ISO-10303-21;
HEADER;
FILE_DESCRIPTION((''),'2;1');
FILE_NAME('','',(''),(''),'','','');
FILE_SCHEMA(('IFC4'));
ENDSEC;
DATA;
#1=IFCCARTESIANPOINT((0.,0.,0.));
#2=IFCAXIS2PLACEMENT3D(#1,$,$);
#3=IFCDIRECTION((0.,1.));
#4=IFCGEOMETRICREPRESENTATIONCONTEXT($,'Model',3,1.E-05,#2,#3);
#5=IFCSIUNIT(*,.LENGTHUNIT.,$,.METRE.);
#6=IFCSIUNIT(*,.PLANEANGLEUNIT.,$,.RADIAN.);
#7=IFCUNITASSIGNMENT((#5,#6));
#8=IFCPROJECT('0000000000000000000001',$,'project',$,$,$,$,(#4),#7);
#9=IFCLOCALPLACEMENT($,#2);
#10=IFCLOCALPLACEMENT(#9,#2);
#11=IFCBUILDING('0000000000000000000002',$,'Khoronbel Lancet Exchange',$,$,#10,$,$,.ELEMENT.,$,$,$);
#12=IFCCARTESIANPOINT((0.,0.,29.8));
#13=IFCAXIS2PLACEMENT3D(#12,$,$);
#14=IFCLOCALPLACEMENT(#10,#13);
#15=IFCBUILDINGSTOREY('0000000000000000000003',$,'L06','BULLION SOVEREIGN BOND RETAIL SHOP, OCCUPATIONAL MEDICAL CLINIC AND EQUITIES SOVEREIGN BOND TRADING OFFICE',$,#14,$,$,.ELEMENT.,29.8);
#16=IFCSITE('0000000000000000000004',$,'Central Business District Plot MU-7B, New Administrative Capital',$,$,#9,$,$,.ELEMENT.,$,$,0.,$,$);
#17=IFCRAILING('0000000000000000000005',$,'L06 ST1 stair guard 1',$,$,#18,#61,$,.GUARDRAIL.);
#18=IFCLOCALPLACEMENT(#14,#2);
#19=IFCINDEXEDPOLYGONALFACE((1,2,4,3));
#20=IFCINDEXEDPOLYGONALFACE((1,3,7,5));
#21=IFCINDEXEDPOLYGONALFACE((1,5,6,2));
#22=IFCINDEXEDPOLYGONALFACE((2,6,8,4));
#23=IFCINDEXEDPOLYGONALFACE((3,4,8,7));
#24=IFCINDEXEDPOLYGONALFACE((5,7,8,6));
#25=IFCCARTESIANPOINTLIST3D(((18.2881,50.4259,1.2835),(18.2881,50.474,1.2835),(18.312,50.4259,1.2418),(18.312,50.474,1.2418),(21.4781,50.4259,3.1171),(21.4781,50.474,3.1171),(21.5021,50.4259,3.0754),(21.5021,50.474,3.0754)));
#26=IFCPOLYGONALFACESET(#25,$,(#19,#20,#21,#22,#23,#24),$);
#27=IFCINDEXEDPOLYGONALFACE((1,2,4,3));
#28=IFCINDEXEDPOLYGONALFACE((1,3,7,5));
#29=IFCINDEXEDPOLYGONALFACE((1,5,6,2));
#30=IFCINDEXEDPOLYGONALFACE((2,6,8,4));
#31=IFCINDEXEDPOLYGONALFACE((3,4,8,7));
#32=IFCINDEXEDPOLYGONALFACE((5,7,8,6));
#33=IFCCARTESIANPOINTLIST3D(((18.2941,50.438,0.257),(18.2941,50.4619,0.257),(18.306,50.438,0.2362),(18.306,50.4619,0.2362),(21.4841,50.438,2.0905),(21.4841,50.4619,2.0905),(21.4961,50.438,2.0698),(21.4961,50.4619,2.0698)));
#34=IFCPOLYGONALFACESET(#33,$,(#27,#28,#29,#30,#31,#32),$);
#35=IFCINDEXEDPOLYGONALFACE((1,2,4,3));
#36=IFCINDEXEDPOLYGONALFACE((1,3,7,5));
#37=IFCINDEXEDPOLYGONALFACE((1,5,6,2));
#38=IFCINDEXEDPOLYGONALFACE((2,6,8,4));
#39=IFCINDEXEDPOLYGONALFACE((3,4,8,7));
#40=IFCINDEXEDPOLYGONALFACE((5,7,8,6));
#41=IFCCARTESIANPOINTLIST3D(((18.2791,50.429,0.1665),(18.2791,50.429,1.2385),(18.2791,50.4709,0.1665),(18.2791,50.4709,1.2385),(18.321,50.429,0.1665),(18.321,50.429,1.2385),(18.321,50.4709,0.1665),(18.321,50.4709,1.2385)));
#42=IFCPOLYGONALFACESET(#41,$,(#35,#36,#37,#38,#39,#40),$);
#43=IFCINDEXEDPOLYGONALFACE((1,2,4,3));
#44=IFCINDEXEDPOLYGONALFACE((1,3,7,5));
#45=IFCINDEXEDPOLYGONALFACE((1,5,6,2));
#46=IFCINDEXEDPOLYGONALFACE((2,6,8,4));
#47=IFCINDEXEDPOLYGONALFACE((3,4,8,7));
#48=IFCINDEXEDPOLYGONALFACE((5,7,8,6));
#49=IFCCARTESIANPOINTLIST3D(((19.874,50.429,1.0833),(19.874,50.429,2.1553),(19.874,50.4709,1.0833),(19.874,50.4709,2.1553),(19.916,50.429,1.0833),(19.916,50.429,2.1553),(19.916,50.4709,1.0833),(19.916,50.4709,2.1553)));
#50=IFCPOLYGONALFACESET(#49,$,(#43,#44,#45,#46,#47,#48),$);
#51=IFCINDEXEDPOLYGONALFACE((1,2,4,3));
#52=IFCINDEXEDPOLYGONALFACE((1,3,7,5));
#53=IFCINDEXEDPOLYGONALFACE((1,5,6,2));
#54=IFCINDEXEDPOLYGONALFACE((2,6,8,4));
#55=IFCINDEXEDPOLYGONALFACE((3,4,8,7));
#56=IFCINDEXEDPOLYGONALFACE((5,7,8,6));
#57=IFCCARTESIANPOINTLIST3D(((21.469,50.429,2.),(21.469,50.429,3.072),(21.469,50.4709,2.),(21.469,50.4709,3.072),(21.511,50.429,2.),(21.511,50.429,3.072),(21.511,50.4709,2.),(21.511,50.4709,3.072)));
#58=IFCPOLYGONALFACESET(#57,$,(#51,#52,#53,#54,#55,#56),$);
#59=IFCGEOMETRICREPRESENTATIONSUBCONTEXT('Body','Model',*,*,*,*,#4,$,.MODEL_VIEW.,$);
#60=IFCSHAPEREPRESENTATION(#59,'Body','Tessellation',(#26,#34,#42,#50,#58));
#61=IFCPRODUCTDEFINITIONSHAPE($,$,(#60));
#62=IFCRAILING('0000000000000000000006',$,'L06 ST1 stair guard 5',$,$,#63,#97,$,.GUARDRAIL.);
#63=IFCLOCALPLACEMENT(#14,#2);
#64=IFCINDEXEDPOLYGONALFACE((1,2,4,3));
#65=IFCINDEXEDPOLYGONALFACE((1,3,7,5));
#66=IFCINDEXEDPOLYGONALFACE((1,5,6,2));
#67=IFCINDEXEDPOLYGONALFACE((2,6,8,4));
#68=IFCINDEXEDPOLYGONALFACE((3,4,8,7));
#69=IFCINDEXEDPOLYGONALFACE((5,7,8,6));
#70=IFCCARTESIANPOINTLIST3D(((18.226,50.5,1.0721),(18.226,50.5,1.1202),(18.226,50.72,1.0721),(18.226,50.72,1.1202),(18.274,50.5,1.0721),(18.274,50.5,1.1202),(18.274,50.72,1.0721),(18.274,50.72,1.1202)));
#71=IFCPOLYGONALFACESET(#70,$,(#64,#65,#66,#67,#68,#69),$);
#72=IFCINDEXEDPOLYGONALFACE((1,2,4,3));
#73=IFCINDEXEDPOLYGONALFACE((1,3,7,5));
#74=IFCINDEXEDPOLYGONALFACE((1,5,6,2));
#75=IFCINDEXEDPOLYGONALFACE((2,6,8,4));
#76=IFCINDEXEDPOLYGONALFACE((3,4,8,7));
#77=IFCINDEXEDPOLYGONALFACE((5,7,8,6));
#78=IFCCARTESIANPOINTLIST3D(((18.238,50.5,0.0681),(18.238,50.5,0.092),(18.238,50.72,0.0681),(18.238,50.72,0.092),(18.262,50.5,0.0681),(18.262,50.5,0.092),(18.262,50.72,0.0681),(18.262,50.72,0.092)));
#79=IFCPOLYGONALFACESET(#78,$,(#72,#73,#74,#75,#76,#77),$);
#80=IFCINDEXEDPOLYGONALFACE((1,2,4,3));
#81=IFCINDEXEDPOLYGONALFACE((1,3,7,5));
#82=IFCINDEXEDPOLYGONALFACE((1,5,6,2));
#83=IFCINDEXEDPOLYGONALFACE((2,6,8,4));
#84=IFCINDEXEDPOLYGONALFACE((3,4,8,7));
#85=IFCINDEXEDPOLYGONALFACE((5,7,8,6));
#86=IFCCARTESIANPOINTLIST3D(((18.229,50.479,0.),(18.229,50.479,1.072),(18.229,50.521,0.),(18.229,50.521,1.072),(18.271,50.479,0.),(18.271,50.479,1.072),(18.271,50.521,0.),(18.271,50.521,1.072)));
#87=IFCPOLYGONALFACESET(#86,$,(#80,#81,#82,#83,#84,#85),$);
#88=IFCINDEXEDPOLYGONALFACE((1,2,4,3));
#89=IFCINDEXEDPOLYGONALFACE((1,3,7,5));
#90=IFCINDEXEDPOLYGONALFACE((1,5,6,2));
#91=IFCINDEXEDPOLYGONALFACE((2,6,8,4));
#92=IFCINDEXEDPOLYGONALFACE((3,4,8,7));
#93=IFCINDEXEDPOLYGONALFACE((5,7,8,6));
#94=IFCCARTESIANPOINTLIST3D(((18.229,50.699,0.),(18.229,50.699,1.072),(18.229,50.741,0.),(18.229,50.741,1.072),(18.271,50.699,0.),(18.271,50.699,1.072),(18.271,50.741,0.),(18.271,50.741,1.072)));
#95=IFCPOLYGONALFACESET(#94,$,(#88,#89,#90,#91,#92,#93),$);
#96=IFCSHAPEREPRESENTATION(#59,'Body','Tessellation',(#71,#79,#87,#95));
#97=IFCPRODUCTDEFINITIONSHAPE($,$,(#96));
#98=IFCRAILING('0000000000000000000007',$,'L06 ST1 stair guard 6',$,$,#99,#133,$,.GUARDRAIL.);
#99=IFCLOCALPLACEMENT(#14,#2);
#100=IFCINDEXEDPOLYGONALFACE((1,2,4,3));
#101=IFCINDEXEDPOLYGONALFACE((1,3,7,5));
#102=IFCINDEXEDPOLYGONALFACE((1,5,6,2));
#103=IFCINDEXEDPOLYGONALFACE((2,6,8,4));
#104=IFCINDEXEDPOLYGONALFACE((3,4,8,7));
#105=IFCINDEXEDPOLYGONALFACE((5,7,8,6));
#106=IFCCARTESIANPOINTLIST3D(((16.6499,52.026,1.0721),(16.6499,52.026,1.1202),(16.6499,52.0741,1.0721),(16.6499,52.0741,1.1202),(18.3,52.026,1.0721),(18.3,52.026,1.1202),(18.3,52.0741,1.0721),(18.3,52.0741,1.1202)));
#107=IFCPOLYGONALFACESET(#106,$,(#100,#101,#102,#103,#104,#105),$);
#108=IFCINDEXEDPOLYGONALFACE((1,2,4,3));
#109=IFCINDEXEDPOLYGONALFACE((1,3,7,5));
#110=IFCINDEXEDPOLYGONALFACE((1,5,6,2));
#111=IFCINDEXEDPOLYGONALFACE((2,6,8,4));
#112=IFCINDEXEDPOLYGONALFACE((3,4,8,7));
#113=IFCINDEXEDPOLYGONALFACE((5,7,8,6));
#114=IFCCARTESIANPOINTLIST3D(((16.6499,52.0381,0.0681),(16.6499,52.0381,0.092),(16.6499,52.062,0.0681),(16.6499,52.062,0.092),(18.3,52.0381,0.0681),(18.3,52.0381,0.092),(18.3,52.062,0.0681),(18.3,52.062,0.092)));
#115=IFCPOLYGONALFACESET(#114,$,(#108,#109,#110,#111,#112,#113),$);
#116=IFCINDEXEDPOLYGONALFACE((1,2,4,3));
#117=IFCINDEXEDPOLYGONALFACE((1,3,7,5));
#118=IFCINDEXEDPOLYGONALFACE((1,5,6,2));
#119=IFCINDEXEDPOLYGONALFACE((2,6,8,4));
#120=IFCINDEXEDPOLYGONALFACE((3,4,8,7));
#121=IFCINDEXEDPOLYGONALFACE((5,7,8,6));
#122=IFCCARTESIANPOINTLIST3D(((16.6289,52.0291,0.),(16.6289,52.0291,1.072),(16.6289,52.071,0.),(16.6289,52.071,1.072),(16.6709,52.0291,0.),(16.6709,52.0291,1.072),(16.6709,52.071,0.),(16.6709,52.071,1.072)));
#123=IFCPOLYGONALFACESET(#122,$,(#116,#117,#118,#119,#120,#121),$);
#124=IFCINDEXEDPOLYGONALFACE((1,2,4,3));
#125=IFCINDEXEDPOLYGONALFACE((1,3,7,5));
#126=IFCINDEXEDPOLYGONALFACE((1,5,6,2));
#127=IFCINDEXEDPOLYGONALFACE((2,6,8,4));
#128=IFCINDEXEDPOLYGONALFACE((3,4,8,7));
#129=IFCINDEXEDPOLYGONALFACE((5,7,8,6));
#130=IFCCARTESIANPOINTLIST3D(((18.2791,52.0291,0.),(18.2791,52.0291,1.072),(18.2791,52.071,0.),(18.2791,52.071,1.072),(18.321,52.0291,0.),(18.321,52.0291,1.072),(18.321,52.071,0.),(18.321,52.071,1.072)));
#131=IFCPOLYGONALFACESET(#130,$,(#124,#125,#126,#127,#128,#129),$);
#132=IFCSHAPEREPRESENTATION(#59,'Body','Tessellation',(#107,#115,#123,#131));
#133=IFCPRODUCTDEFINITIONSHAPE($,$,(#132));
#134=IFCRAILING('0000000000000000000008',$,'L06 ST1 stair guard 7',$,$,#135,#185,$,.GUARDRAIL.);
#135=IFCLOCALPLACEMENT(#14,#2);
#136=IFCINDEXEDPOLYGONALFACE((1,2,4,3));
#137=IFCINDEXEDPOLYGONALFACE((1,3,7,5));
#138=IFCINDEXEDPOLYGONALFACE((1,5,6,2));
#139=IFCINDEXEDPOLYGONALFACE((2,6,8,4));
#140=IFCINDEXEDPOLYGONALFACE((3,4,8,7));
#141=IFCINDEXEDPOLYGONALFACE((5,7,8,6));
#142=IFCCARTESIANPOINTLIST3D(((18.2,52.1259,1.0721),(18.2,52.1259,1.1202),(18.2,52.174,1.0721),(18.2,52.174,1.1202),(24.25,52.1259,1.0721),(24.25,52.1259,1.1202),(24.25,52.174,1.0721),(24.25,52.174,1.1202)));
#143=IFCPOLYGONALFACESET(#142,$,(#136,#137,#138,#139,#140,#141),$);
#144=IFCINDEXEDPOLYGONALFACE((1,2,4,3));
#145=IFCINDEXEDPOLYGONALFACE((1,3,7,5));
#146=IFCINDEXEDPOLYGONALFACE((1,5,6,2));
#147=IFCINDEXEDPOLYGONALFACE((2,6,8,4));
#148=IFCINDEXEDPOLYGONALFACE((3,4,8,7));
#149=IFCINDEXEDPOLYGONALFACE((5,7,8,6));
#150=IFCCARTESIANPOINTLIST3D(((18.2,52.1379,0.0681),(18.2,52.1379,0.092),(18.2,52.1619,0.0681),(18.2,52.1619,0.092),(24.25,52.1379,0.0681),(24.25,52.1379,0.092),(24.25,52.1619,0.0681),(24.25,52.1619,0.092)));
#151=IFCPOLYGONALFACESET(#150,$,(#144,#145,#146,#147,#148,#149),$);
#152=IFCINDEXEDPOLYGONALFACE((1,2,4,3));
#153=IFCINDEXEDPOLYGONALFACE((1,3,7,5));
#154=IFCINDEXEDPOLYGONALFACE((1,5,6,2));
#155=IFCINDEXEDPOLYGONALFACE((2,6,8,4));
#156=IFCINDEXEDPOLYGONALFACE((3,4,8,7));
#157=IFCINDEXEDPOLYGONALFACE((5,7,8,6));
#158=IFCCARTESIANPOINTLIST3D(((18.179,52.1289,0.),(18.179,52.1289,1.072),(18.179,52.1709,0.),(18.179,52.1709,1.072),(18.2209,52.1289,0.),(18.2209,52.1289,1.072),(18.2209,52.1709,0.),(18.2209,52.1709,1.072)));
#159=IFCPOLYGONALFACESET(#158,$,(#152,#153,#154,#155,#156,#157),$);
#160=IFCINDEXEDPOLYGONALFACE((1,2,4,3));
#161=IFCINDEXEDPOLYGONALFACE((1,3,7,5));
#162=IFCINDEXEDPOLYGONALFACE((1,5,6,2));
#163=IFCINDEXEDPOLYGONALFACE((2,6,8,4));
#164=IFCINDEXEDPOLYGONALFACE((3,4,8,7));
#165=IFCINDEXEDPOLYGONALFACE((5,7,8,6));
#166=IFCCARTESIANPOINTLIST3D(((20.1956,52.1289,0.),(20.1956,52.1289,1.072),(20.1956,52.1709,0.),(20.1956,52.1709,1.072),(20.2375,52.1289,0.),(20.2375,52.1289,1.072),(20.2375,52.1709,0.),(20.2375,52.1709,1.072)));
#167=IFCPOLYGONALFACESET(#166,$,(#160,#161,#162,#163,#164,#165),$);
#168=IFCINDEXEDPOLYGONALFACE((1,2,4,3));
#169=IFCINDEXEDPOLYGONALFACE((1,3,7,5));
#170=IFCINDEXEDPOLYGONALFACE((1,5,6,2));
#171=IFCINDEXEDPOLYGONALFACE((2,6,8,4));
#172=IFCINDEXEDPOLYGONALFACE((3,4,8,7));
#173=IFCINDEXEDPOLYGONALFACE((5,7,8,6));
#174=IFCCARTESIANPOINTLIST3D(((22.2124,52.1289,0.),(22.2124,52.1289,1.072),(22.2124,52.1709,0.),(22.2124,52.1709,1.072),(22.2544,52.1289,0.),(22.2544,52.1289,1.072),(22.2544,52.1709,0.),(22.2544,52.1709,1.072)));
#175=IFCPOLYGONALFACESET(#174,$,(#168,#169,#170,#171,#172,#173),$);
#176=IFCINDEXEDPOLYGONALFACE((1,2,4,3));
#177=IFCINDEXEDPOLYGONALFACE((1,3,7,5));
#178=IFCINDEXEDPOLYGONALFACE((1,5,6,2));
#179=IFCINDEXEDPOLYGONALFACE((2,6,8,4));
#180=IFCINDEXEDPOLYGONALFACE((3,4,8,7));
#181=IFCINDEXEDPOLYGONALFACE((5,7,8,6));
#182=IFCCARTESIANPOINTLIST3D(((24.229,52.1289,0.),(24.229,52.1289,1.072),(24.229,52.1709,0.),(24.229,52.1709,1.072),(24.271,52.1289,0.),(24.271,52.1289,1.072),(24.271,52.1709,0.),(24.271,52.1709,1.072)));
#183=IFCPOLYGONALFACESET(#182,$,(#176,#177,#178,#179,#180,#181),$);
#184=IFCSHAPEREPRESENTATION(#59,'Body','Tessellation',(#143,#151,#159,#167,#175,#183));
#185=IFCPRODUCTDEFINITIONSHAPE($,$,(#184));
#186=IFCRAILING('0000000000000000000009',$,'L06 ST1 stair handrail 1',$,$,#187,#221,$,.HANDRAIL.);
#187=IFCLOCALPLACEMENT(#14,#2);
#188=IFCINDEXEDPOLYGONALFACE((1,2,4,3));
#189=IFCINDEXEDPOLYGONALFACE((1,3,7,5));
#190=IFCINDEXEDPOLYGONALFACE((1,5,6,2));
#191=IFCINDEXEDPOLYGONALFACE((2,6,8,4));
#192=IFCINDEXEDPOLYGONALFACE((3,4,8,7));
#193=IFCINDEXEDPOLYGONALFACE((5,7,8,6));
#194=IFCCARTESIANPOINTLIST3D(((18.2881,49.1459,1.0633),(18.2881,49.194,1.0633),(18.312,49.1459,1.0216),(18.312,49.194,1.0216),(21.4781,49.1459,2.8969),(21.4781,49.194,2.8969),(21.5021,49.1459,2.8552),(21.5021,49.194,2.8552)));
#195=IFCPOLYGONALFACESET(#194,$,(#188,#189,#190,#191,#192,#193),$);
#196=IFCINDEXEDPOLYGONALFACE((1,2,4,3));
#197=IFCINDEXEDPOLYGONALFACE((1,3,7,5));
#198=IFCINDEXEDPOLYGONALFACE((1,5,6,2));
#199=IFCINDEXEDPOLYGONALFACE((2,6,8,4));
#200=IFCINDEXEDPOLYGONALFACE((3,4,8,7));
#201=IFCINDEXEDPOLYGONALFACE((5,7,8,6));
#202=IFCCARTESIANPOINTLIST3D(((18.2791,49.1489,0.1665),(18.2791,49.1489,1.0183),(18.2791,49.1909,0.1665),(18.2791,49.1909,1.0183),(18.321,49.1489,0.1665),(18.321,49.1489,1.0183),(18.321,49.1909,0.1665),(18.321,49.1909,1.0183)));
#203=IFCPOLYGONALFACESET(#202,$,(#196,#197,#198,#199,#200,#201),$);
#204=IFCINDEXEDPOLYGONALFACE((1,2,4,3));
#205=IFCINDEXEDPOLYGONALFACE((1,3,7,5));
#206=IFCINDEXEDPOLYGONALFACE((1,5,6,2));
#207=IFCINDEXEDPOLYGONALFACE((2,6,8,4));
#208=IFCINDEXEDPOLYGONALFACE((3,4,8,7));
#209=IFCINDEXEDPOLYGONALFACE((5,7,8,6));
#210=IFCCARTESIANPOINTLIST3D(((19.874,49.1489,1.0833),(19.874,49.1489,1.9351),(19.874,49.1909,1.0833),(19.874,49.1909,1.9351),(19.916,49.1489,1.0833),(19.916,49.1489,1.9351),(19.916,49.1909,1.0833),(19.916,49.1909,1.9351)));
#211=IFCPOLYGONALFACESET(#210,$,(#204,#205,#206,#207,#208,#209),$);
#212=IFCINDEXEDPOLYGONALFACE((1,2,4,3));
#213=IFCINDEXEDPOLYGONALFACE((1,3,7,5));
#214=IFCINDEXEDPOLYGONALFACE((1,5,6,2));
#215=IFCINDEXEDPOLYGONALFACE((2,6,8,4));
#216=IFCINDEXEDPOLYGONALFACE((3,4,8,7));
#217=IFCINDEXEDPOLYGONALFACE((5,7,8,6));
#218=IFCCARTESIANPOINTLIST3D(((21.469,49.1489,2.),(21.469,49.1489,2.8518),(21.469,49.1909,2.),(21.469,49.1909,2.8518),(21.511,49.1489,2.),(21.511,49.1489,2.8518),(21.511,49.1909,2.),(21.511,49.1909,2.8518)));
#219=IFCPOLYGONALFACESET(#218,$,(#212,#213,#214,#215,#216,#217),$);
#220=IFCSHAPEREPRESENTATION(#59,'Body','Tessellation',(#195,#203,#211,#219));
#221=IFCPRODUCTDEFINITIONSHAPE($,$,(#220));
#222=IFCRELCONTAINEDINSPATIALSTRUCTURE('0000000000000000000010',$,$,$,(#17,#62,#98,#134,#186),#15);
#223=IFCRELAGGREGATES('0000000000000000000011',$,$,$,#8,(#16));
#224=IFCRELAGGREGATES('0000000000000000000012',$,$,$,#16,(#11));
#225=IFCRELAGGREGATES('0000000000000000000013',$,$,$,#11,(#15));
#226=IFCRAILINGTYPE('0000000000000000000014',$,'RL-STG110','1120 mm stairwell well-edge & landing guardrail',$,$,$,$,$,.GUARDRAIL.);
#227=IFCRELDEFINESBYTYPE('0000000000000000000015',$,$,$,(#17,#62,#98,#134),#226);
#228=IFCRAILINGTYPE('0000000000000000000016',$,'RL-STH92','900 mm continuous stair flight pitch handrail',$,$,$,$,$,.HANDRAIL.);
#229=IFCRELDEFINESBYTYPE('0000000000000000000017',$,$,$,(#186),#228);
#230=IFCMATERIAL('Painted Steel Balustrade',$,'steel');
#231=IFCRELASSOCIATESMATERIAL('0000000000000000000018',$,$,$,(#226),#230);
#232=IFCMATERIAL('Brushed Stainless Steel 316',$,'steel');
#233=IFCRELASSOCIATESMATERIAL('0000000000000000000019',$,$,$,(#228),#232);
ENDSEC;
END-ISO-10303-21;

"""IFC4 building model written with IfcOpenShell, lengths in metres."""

from ifc_helpers import new_model, si_unit, direction, frame, origin, origin_2d, place, context, subcontext, project, spatial, rectangle, extrude, material, type_object, element, save


model = new_model("IFC4")

# Units and contexts
model_context = context("Model", 3, precision=1e-05, world=origin(), true_north=direction((0.0, 1.0)))
body_context = subcontext(model_context, "Body", "Model", "MODEL_VIEW")
ifc_project = project(units=[si_unit("LENGTHUNIT", "METRE"), si_unit("PLANEANGLEUNIT", "RADIAN")], contexts=[model_context])

# Site, building, storey
site_placement = place(None, origin())
site = spatial("IfcSite", under=ifc_project, at=site_placement, Name="Central Business District Plot MU-7B, New Administrative Capital", CompositionType="ELEMENT", RefElevation=0.0)
building_placement = place(site_placement, origin())
building = spatial("IfcBuilding", under=site, at=building_placement, Name="Khoronbel Lancet Exchange", CompositionType="ELEMENT")
storey_placement = place(building_placement, frame((0.0, 0.0, 29.8)))
storey = spatial("IfcBuildingStorey", under=building, at=storey_placement, Name="L06", Description="BULLION SOVEREIGN BOND RETAIL SHOP, OCCUPATIONAL MEDICAL CLINIC AND EQUITIES SOVEREIGN BOND TRADING OFFICE", CompositionType="ELEMENT", Elevation=29.8)

# Railings
ifc_material_1 = material(Name="Painted Steel Balustrade", Category="steel")
railing_type_1 = type_object("IfcRailingType", Name="RL-STG110", Description="1120 mm stairwell well-edge & landing guardrail", PredefinedType="GUARDRAIL", material=ifc_material_1)
railing_1_placement = place(storey_placement, frame((18.3, 50.45, 0.1665)))
element("IfcRailing", 1, at=railing_1_placement, inside=storey, type_object=railing_type_1, Name="L06 ST1 stair guard 1", PredefinedType="GUARDRAIL", context=body_context, shape_type="SweptSolid", body=[
    extrude(rectangle(XDim=0.0481, YDim=0.0481, at=origin_2d()), frame((0.0, 0.0, 1.0962), z_axis=(0.866991, 0.0, 0.498324), x_axis=(0.0, 1.0, 0.0)), (0.0, 0.0, 1.0), 3.6794),
    extrude(rectangle(XDim=0.0239, YDim=0.0239, at=origin_2d()), frame((0.0, 0.0, 0.0801), z_axis=(0.866991, 0.0, 0.498324), x_axis=(0.0, 1.0, 0.0)), (0.0, 0.0, 1.0), 3.6794),
    extrude(rectangle(XDim=0.042, YDim=0.042, at=origin_2d()), origin(), (0.0, 0.0, 1.0), 1.072),
    extrude(rectangle(XDim=0.042, YDim=0.042, at=origin_2d()), frame((1.595, 0.0, 0.9167)), (0.0, 0.0, 1.0), 1.072),
    extrude(rectangle(XDim=0.042, YDim=0.042, at=origin_2d()), frame((3.1899, 0.0, 1.8335)), (0.0, 0.0, 1.0), 1.072),
])
railing_2_placement = place(storey_placement, frame((18.25, 50.5, 0.0)))
element("IfcRailing", 2, at=railing_2_placement, inside=storey, type_object=railing_type_1, Name="L06 ST1 stair guard 5", PredefinedType="GUARDRAIL", context=body_context, shape_type="SweptSolid", body=[
    extrude(rectangle(XDim=0.0481, YDim=0.0481, at=origin_2d()), frame((0.0, 0.0, 1.0962), z_axis=(0.0, 1.0, 0.0), x_axis=(-1.0, 0.0, 0.0)), (0.0, 0.0, 1.0), 0.22),
    extrude(rectangle(XDim=0.0239, YDim=0.0239, at=origin_2d()), frame((0.0, 0.0, 0.0801), z_axis=(0.0, 1.0, 0.0), x_axis=(-1.0, 0.0, 0.0)), (0.0, 0.0, 1.0), 0.22),
    extrude(rectangle(XDim=0.042, YDim=0.042, at=origin_2d()), origin(), (0.0, 0.0, 1.0), 1.072),
    extrude(rectangle(XDim=0.042, YDim=0.042, at=origin_2d()), frame((0.0, 0.22, 0.0)), (0.0, 0.0, 1.0), 1.072),
])
railing_3_placement = place(storey_placement, frame((16.6499, 52.05, 0.0)))
element("IfcRailing", 3, at=railing_3_placement, inside=storey, type_object=railing_type_1, Name="L06 ST1 stair guard 6", PredefinedType="GUARDRAIL", context=body_context, shape_type="SweptSolid", body=[
    extrude(rectangle(XDim=0.0481, YDim=0.0481, at=origin_2d()), frame((0.0, 0.0, 1.0962), z_axis=(1.0, 0.0, 0.0), x_axis=(0.0, 1.0, 0.0)), (0.0, 0.0, 1.0), 1.6501),
    extrude(rectangle(XDim=0.0239, YDim=0.0239, at=origin_2d()), frame((0.0, 0.0, 0.0801), z_axis=(1.0, 0.0, 0.0), x_axis=(0.0, 1.0, 0.0)), (0.0, 0.0, 1.0), 1.6501),
    extrude(rectangle(XDim=0.042, YDim=0.042, at=origin_2d()), origin(), (0.0, 0.0, 1.0), 1.072),
    extrude(rectangle(XDim=0.042, YDim=0.042, at=origin_2d()), frame((1.6501, 0.0, 0.0)), (0.0, 0.0, 1.0), 1.072),
])
railing_4_placement = place(storey_placement, frame((18.2, 52.1499, 0.0)))
element("IfcRailing", 4, at=railing_4_placement, inside=storey, type_object=railing_type_1, Name="L06 ST1 stair guard 7", PredefinedType="GUARDRAIL", context=body_context, shape_type="SweptSolid", body=[
    extrude(rectangle(XDim=0.0481, YDim=0.0481, at=origin_2d()), frame((0.0, 0.0, 1.0962), z_axis=(1.0, 0.0, 0.0), x_axis=(0.0, 1.0, 0.0)), (0.0, 0.0, 1.0), 6.05),
    extrude(rectangle(XDim=0.0239, YDim=0.0239, at=origin_2d()), frame((0.0, 0.0, 0.0801), z_axis=(1.0, 0.0, 0.0), x_axis=(0.0, 1.0, 0.0)), (0.0, 0.0, 1.0), 6.05),
    extrude(rectangle(XDim=0.042, YDim=0.042, at=origin_2d()), origin(), (0.0, 0.0, 1.0), 1.072),
    extrude(rectangle(XDim=0.042, YDim=0.042, at=origin_2d()), frame((2.0166, 0.0, 0.0)), (0.0, 0.0, 1.0), 1.072),
    extrude(rectangle(XDim=0.042, YDim=0.042, at=origin_2d()), frame((4.0334, 0.0, 0.0)), (0.0, 0.0, 1.0), 1.072),
    extrude(rectangle(XDim=0.042, YDim=0.042, at=origin_2d()), frame((6.05, 0.0, 0.0)), (0.0, 0.0, 1.0), 1.072),
])
ifc_material_2 = material(Name="Brushed Stainless Steel 316", Category="steel")
railing_type_2 = type_object("IfcRailingType", Name="RL-STH92", Description="900 mm continuous stair flight pitch handrail", PredefinedType="HANDRAIL", material=ifc_material_2)
railing_5_placement = place(storey_placement, frame((18.3, 49.1699, 0.1665)))
element("IfcRailing", 5, at=railing_5_placement, inside=storey, type_object=railing_type_2, Name="L06 ST1 stair handrail 1", PredefinedType="HANDRAIL", context=body_context, shape_type="SweptSolid", body=[
    extrude(rectangle(XDim=0.0481, YDim=0.0481, at=origin_2d()), frame((0.0, 0.0, 0.876), z_axis=(0.866991, 0.0, 0.498324), x_axis=(0.0, 1.0, 0.0)), (0.0, 0.0, 1.0), 3.6794),
    extrude(rectangle(XDim=0.042, YDim=0.042, at=origin_2d()), origin(), (0.0, 0.0, 1.0), 0.8518),
    extrude(rectangle(XDim=0.042, YDim=0.042, at=origin_2d()), frame((1.595, 0.0, 0.9167)), (0.0, 0.0, 1.0), 0.8518),
    extrude(rectangle(XDim=0.042, YDim=0.042, at=origin_2d()), frame((3.1899, 0.0, 1.8335)), (0.0, 0.0, 1.0), 0.8518),
])

save(model, "model.ifc")
